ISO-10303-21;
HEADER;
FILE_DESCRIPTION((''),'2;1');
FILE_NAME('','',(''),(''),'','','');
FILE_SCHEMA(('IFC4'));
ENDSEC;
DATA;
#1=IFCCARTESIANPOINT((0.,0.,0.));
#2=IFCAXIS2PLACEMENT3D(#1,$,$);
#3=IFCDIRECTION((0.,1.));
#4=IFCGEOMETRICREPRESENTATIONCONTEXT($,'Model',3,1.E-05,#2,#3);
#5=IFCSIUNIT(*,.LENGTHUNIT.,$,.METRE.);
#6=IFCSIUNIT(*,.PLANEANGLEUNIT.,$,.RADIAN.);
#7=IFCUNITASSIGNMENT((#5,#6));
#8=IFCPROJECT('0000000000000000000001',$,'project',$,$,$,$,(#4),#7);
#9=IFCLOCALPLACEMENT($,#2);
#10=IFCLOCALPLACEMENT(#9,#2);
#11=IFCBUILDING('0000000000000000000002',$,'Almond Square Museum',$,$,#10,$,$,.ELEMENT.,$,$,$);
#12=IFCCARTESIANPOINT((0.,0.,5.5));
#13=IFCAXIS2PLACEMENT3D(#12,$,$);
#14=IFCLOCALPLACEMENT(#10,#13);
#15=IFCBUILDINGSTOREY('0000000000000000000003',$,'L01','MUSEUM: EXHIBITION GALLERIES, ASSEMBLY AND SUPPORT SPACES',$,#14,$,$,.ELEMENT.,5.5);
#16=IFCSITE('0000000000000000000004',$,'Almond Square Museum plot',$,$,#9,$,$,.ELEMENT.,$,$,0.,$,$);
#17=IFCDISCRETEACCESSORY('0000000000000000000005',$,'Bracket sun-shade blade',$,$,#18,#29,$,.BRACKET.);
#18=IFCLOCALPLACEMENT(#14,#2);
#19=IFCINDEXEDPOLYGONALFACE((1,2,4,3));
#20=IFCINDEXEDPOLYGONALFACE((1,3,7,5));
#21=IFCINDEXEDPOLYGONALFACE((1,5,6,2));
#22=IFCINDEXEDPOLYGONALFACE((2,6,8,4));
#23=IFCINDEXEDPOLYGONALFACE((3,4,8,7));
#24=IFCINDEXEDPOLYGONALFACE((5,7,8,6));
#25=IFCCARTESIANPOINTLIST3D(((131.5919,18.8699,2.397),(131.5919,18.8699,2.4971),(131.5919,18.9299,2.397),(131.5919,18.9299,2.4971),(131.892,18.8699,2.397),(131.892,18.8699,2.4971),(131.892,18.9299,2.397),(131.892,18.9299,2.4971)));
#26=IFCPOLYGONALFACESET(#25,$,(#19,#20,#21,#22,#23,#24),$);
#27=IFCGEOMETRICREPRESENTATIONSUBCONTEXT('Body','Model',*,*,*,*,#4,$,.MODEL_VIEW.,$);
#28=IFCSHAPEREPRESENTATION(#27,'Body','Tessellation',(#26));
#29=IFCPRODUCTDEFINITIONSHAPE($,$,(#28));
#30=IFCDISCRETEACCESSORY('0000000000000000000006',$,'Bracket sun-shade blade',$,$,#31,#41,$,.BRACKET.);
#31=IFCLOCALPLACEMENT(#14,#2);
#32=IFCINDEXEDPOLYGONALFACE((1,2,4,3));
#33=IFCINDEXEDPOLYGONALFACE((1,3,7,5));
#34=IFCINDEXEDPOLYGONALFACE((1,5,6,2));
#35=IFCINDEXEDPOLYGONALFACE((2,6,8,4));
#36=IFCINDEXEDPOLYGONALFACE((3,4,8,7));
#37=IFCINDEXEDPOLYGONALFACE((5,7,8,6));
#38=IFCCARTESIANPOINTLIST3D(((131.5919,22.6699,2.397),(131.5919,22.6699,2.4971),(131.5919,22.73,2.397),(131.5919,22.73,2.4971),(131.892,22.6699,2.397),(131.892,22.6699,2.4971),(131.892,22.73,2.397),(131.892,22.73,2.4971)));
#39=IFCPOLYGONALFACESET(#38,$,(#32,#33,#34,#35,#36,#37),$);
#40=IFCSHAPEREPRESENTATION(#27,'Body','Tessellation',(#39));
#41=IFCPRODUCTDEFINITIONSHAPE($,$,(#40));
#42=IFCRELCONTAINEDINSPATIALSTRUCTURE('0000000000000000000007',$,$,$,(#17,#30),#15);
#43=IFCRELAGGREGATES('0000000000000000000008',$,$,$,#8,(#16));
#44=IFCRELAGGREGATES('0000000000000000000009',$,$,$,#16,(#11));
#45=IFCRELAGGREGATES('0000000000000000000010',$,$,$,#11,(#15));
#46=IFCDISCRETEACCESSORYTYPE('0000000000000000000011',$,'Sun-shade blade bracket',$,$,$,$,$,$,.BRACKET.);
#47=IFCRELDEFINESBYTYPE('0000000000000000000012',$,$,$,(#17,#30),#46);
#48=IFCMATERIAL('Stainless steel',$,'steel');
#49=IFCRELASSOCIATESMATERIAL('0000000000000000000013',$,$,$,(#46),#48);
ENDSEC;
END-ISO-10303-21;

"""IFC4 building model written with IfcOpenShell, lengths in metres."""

from ifc_helpers import new_model, si_unit, direction, frame, origin, origin_2d, place, context, subcontext, project, spatial, rectangle, extrude, material, type_object, element, save


model = new_model("IFC4")

# Units and contexts
model_context = context("Model", 3, precision=1e-05, world=origin(), true_north=direction((0.0, 1.0)))
body_context = subcontext(model_context, "Body", "Model", "MODEL_VIEW")
ifc_project = project(units=[si_unit("LENGTHUNIT", "METRE"), si_unit("PLANEANGLEUNIT", "RADIAN")], contexts=[model_context])

# Site, building, storey
site_placement = place(None, origin())
site = spatial("IfcSite", under=ifc_project, at=site_placement, Name="Almond Square Museum plot", CompositionType="ELEMENT", RefElevation=0.0)
building_placement = place(site_placement, origin())
building = spatial("IfcBuilding", under=site, at=building_placement, Name="Almond Square Museum", CompositionType="ELEMENT")
storey_placement = place(building_placement, frame((0.0, 0.0, 5.5)))
storey = spatial("IfcBuildingStorey", under=building, at=storey_placement, Name="L01", Description="MUSEUM: EXHIBITION GALLERIES, ASSEMBLY AND SUPPORT SPACES", CompositionType="ELEMENT", Elevation=5.5)

# Discrete accessories
ifc_material_1 = material(Name="Stainless steel", Category="steel")
discrete_accessory_type = type_object("IfcDiscreteAccessoryType", Name="Sun-shade blade bracket", PredefinedType="BRACKET", material=ifc_material_1)
for number, where, z_axis, x_axis, name in (
    (1, (131.7419, 18.8999, 2.397), (0.0, 0.0, 1.0), (1.0, 0.0, 0.0), "Bracket sun-shade blade"),
    (2, (131.7419, 22.7, 2.397), (0.0, 0.0, 1.0), (1.0, 0.0, 0.0), "Bracket sun-shade blade"),
):
    element("IfcDiscreteAccessory", number, at=place(storey_placement, frame(where, z_axis=z_axis, x_axis=x_axis)), inside=storey, type_object=discrete_accessory_type, Name=name, PredefinedType="BRACKET", context=body_context, shape_type="SweptSolid", body=[
        extrude(rectangle(XDim=0.3, YDim=0.0601, at=origin_2d()), origin(), (0.0, 0.0, 1.0), 0.1001),
    ])

save(model, "model.ifc")
